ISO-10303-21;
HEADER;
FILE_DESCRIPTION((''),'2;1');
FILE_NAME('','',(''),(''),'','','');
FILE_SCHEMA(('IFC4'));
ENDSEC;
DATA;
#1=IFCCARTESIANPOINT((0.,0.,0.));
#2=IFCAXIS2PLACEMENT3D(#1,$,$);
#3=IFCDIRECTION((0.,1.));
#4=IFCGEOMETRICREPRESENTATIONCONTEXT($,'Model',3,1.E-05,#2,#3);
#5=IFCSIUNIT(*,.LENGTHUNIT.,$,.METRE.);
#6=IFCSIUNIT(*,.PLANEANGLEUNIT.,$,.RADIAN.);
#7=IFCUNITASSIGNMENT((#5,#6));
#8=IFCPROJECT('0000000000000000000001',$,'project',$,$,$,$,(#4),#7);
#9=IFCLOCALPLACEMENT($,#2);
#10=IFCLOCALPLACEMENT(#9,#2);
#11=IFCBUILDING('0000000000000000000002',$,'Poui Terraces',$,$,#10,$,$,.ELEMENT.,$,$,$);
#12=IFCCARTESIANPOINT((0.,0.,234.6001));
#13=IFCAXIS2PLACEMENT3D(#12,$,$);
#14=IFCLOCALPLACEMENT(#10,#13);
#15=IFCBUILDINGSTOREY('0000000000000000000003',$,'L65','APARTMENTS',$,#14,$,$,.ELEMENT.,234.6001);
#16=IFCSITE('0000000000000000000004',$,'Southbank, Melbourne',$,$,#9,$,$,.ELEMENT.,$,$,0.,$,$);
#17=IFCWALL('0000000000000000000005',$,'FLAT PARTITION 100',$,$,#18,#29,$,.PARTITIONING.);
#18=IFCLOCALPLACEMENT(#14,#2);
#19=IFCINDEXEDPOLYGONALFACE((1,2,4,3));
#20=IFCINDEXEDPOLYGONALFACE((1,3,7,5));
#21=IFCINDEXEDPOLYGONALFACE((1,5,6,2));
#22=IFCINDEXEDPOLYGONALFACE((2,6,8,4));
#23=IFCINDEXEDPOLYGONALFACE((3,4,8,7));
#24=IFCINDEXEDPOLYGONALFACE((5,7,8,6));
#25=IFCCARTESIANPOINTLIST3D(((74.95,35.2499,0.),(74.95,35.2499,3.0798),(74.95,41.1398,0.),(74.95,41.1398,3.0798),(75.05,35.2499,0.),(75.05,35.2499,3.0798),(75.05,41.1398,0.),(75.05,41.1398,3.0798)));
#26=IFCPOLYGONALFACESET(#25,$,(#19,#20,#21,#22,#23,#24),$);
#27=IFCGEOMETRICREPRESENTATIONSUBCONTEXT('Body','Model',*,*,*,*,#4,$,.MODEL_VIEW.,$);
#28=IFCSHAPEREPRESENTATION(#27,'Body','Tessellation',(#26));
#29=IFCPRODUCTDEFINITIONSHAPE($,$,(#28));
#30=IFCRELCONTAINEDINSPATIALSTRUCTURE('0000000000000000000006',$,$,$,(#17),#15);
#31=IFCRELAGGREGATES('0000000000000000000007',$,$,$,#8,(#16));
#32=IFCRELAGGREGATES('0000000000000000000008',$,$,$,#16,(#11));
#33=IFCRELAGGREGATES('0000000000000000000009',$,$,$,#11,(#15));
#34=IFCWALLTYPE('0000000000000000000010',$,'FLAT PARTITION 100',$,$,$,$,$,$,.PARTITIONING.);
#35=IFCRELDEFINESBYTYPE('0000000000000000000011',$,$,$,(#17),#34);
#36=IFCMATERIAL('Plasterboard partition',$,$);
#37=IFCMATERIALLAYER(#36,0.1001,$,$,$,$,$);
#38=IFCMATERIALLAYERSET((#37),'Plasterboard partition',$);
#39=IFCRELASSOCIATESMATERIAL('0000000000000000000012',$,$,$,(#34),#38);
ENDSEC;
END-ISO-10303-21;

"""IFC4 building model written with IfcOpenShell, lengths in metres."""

from ifc_helpers import new_model, si_unit, direction, frame, frame_2d, origin, place, context, subcontext, project, spatial, rectangle, extrude, material, layer, layer_set, type_object, element, save


model = new_model("IFC4")

# Units and contexts
model_context = context("Model", 3, precision=1e-05, world=origin(), true_north=direction((0.0, 1.0)))
body_context = subcontext(model_context, "Body", "Model", "MODEL_VIEW")
ifc_project = project(units=[si_unit("LENGTHUNIT", "METRE"), si_unit("PLANEANGLEUNIT", "RADIAN")], contexts=[model_context])

# Site, building, storey
site_placement = place(None, origin())
site = spatial("IfcSite", under=ifc_project, at=site_placement, Name="Southbank, Melbourne", CompositionType="ELEMENT", RefElevation=0.0)
building_placement = place(site_placement, origin())
building = spatial("IfcBuilding", under=site, at=building_placement, Name="Poui Terraces", CompositionType="ELEMENT")
storey_placement = place(building_placement, frame((0.0, 0.0, 234.6001)))
storey = spatial("IfcBuildingStorey", under=building, at=storey_placement, Name="L65", Description="APARTMENTS", CompositionType="ELEMENT", Elevation=234.6001)

# Wall
ifc_material_1 = material(Name="Plasterboard partition")
ifc_layer_1 = layer(ifc_material_1, 0.1001)
ifc_layer_set_1 = layer_set([ifc_layer_1], Name="Plasterboard partition")
wall_type_1 = type_object("IfcWallType", Name="FLAT PARTITION 100", PredefinedType="PARTITIONING", material=ifc_layer_set_1)
wall_1_placement = place(storey_placement, frame((75.0, 35.25, 0.0), z_axis=(0.0, 0.0, 1.0), x_axis=(0.0, 1.0, 0.0)))
element("IfcWall", 1, at=wall_1_placement, inside=storey, type_object=wall_type_1, Name="FLAT PARTITION 100", PredefinedType="PARTITIONING", context=body_context, shape_type="SweptSolid", body=[
    extrude(rectangle(XDim=5.8899, YDim=0.1001, at=frame_2d((2.9448, 0.0))), origin(), (0.0, 0.0, 1.0), 3.0798),
])

save(model, "model.ifc")
